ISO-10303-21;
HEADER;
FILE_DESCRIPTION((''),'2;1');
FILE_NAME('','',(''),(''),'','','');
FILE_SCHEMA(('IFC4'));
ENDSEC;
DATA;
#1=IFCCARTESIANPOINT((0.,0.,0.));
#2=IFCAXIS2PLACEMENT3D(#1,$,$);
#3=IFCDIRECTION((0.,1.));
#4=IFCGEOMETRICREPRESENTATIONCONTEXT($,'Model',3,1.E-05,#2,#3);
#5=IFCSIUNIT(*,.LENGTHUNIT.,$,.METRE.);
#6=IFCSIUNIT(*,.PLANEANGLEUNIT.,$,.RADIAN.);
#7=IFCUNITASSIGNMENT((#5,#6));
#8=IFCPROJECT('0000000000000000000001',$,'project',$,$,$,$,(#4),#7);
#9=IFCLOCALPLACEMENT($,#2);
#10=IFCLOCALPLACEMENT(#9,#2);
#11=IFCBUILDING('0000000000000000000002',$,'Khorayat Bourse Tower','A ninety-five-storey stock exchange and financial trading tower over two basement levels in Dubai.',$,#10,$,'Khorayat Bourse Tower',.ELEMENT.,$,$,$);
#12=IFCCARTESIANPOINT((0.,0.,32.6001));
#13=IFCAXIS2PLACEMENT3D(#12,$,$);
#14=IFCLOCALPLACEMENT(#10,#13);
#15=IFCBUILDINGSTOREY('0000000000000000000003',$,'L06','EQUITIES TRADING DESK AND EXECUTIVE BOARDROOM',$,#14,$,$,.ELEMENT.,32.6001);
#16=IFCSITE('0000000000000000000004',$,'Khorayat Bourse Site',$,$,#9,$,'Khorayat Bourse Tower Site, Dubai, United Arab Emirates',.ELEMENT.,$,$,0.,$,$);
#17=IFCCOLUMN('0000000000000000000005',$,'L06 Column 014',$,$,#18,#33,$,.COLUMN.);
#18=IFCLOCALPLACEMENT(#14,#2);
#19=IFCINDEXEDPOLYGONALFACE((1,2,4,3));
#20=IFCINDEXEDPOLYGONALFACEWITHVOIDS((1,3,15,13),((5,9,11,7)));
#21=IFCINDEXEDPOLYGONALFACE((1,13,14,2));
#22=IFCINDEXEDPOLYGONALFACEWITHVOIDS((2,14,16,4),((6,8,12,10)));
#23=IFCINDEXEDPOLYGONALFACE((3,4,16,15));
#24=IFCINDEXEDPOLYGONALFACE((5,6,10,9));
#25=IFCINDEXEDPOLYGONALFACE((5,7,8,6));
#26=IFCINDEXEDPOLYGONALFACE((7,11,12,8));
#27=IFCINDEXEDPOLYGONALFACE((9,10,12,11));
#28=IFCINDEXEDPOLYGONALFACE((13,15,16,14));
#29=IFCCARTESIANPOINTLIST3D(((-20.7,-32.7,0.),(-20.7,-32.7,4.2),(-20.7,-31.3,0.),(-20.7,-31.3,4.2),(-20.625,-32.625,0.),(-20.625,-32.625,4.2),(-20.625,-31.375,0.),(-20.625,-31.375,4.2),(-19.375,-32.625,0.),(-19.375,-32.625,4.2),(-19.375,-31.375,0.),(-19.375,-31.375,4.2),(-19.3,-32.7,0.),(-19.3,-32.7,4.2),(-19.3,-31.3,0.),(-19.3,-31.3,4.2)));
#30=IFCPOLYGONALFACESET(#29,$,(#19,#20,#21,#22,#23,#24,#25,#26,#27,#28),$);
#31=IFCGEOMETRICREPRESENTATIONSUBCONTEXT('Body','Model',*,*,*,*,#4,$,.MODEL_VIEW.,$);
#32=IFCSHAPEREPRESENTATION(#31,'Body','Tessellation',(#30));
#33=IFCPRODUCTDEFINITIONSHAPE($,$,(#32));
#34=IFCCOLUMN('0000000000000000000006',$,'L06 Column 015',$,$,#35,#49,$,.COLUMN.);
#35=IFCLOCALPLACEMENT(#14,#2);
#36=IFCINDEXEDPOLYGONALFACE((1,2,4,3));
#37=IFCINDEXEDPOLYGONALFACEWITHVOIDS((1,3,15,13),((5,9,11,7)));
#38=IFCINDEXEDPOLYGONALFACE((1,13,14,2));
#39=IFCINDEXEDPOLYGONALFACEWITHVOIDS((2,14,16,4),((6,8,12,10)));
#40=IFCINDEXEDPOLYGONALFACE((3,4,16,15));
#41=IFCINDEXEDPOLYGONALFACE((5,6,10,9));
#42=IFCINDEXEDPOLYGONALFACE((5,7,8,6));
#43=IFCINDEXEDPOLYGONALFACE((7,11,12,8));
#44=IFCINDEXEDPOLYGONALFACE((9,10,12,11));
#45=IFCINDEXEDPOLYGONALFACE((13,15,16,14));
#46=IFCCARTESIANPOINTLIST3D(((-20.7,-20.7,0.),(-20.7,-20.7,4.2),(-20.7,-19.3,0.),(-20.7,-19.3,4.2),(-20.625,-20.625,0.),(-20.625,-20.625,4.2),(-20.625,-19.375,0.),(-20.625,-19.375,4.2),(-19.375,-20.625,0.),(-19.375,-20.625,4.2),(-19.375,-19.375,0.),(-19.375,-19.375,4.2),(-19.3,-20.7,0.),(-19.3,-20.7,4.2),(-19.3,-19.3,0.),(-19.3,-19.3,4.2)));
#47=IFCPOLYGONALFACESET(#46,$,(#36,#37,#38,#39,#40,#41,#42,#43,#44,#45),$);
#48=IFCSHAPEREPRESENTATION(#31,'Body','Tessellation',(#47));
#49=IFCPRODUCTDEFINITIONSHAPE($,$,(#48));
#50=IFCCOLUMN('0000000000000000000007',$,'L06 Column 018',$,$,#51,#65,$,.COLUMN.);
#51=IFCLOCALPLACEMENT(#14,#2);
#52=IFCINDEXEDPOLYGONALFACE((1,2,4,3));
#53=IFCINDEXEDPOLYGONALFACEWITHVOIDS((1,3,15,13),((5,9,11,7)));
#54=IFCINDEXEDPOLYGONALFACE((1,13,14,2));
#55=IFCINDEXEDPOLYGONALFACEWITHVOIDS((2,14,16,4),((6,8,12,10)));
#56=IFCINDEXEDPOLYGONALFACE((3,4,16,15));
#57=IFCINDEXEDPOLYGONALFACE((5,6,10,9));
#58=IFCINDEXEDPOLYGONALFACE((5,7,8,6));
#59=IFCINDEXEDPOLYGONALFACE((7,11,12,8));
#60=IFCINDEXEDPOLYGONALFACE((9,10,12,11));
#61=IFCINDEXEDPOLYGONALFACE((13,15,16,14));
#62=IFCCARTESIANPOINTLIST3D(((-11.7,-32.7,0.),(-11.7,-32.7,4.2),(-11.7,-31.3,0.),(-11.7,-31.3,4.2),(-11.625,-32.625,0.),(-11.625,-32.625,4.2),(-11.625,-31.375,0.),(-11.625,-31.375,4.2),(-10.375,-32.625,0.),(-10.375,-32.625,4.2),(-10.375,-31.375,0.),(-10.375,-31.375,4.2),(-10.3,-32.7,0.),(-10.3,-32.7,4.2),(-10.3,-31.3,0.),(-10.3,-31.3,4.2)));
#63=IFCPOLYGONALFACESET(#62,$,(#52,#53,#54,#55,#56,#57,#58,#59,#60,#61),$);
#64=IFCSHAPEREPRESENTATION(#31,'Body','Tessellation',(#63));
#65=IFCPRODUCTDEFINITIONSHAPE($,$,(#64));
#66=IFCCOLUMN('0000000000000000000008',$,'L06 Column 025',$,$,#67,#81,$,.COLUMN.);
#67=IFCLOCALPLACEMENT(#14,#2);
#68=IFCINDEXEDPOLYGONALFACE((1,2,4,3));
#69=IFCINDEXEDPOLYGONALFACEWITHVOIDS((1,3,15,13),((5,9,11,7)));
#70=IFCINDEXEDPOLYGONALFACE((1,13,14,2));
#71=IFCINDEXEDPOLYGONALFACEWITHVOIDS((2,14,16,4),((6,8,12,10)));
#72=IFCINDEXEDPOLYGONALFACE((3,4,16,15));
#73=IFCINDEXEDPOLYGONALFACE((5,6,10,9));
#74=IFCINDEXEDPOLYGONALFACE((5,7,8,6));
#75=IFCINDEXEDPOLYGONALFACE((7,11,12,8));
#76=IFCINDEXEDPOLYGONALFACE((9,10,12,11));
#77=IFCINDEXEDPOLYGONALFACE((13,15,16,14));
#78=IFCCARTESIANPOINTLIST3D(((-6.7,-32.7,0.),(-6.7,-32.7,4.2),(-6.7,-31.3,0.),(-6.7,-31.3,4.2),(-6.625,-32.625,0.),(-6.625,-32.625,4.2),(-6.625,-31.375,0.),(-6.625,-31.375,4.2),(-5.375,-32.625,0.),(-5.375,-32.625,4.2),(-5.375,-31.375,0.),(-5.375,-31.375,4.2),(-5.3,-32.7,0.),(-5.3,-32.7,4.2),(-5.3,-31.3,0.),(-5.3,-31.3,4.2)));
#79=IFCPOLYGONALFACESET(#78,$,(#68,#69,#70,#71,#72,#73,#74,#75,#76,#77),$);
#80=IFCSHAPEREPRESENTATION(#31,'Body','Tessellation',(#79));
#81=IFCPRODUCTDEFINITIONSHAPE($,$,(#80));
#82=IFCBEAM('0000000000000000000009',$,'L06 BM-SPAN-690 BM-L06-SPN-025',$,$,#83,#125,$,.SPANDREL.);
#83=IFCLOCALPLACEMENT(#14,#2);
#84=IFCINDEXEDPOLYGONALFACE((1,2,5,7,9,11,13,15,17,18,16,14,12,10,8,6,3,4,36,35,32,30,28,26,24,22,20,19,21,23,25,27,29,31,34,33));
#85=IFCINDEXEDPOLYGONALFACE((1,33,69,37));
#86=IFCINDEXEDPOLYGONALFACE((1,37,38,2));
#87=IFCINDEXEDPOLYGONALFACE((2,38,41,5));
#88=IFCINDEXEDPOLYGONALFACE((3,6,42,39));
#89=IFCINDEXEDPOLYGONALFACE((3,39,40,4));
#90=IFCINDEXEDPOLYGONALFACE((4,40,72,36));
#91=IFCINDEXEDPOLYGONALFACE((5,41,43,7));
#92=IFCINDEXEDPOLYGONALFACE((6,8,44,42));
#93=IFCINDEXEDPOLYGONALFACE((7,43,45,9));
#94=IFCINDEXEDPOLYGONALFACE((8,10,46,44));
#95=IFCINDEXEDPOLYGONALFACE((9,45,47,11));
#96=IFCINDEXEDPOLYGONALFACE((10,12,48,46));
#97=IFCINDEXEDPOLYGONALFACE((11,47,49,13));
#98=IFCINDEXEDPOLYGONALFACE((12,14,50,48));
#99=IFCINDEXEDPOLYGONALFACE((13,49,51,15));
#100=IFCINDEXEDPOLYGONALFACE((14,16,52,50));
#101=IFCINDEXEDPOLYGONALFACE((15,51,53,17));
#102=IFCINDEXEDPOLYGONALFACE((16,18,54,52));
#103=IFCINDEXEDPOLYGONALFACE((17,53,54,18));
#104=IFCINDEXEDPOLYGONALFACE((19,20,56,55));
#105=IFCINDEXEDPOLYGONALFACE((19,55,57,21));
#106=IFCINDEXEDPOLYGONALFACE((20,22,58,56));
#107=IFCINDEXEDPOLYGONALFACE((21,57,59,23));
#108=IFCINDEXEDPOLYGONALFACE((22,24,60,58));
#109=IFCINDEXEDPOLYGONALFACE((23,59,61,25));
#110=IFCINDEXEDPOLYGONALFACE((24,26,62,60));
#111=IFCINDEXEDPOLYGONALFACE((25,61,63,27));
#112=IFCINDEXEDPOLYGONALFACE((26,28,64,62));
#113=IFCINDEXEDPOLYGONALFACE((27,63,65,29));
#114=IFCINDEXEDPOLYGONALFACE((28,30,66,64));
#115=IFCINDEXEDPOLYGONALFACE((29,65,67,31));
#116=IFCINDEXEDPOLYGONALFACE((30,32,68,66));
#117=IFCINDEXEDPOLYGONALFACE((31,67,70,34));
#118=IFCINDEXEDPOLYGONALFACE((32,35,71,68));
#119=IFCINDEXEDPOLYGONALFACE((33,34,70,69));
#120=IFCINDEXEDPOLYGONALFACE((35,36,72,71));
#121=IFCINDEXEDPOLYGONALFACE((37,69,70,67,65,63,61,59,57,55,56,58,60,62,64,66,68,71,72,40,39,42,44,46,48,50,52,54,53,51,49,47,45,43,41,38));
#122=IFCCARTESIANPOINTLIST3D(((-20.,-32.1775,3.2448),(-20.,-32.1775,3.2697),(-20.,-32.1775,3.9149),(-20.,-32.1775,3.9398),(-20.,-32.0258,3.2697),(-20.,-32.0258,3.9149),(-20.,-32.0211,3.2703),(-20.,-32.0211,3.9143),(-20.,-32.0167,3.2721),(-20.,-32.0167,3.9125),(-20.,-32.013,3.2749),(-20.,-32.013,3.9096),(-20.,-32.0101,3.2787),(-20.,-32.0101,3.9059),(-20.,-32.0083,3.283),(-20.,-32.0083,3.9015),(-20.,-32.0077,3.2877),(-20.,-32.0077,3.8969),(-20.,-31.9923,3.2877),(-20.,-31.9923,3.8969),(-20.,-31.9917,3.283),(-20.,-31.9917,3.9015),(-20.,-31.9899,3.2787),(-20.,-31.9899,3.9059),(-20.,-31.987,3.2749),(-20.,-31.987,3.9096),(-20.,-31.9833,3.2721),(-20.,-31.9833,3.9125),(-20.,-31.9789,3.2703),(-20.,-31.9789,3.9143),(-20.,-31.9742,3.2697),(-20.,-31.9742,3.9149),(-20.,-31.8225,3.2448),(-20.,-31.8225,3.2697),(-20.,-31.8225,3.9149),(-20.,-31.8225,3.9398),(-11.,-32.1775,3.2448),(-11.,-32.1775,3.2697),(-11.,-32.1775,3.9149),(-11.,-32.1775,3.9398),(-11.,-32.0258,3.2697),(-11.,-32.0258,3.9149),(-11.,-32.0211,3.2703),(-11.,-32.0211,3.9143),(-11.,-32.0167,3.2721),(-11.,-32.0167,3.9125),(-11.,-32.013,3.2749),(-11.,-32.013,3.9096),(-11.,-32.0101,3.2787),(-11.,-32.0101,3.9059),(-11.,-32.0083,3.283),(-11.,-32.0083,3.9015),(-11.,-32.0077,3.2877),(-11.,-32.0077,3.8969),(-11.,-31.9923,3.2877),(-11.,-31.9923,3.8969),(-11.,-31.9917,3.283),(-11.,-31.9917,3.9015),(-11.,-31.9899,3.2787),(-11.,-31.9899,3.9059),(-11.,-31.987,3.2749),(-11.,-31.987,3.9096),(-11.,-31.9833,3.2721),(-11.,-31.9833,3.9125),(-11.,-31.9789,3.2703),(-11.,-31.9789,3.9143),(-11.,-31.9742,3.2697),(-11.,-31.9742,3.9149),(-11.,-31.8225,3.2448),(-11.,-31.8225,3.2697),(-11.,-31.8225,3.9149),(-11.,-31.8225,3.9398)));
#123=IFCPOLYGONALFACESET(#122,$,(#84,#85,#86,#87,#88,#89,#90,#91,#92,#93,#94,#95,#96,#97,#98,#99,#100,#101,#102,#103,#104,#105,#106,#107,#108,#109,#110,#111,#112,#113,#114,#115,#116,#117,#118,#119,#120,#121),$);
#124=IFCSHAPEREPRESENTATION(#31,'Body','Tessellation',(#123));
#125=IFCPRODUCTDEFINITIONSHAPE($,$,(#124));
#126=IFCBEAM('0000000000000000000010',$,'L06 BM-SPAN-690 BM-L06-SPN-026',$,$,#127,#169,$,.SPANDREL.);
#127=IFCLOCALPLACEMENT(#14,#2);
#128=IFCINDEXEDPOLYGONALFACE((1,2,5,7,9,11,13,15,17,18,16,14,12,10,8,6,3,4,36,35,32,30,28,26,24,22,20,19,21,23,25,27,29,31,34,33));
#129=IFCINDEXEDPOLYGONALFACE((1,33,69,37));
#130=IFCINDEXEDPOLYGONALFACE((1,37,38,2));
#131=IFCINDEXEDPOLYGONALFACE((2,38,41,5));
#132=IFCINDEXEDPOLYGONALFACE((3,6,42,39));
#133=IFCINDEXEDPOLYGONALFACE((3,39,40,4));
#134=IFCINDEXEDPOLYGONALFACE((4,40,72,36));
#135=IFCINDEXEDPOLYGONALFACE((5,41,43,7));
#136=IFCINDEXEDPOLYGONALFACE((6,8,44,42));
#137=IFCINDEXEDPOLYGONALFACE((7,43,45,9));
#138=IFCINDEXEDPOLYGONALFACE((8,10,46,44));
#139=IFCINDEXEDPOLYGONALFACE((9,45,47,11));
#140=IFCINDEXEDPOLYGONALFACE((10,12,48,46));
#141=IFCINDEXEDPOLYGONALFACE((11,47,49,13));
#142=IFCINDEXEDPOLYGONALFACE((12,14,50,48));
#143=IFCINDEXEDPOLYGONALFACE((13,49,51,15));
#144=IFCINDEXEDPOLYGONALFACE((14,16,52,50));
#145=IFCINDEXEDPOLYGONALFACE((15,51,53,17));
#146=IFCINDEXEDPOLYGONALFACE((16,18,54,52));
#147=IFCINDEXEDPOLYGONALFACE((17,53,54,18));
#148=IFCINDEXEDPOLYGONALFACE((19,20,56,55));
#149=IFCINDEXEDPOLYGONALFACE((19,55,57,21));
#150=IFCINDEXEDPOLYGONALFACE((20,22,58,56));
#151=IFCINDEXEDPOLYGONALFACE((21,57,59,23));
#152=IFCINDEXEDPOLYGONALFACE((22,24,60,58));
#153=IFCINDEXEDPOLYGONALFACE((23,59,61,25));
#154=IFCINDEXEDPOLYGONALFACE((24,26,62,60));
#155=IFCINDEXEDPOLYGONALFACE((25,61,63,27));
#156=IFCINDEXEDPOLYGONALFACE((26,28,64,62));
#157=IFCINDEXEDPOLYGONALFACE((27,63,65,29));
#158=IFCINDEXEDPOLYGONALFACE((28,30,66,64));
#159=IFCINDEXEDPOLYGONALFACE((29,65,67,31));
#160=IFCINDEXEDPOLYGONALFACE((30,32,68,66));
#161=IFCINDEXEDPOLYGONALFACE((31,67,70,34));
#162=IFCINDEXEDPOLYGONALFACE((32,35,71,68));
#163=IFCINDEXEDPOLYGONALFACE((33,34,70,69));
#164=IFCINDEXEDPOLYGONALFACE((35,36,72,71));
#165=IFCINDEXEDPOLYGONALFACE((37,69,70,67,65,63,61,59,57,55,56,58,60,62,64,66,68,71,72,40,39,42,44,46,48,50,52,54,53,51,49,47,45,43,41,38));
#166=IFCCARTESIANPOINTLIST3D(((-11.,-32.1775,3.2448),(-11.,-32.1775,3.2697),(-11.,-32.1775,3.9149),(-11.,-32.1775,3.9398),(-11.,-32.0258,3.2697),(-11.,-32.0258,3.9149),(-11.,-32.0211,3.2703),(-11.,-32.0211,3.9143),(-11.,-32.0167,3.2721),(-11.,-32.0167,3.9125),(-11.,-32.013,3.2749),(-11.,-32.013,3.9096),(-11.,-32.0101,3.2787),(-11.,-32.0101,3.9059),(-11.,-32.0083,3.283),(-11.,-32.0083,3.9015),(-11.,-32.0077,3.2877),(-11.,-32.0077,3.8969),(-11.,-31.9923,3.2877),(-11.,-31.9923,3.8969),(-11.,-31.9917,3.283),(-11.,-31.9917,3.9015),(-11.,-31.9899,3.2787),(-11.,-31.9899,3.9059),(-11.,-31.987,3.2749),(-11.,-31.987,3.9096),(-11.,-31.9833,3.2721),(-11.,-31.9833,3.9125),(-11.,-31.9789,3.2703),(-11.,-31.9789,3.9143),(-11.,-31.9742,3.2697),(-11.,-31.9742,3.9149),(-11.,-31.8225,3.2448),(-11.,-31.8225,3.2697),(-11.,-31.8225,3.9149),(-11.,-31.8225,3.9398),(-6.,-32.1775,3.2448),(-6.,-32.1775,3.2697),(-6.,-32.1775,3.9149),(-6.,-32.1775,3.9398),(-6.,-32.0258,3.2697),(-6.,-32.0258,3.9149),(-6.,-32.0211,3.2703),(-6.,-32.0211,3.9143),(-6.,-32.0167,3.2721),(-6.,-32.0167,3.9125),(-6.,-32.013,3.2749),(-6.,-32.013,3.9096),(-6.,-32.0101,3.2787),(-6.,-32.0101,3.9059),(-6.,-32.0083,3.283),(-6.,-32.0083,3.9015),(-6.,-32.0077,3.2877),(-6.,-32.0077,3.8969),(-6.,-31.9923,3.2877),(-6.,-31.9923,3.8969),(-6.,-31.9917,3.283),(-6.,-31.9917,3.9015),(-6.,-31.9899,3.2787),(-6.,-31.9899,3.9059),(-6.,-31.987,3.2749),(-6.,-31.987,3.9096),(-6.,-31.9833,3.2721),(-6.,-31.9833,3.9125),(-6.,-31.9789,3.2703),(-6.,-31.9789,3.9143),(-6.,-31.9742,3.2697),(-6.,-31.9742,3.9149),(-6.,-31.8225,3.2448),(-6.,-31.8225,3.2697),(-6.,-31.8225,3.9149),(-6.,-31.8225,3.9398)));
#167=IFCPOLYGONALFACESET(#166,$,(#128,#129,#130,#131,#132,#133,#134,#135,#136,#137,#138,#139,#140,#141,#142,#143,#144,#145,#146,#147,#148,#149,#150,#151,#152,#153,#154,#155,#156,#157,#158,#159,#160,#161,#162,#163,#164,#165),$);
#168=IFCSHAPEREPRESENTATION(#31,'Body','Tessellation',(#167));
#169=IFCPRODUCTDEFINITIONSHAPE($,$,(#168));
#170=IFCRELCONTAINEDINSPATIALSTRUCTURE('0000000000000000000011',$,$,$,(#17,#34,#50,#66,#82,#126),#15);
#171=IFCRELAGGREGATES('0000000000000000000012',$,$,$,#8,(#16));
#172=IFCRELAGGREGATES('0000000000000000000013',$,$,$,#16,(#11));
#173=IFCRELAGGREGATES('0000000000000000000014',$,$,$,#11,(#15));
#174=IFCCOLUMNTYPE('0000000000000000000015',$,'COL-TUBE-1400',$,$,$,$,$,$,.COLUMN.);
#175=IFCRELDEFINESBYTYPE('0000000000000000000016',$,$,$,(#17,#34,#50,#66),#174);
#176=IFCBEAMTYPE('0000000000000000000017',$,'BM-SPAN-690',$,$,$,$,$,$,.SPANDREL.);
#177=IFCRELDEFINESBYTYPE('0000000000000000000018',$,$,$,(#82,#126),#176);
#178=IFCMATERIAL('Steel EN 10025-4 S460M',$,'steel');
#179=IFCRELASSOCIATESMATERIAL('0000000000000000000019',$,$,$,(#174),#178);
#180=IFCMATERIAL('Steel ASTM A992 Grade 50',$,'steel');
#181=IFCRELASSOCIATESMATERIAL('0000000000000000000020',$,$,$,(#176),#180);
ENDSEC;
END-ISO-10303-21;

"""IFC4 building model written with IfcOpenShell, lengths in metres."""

from ifc_helpers import new_model, si_unit, direction, frame, origin, origin_2d, place, context, subcontext, project, spatial, hollow_rectangle, i_section, extrude, source, transform, mapped, material, material_profile, profile_set, type_object, element, save


model = new_model("IFC4")

# Units and contexts
model_context = context("Model", 3, precision=1e-05, world=origin(), true_north=direction((0.0, 1.0)))
body_context = subcontext(model_context, "Body", "Model", "MODEL_VIEW")
ifc_project = project(units=[si_unit("LENGTHUNIT", "METRE"), si_unit("PLANEANGLEUNIT", "RADIAN")], contexts=[model_context])

# Site, building, storey
site_placement = place(None, origin())
site = spatial("IfcSite", under=ifc_project, at=site_placement, Name="Khorayat Bourse Site", LongName="Khorayat Bourse Tower Site, Dubai, United Arab Emirates", CompositionType="ELEMENT", RefElevation=0.0)
building_placement = place(site_placement, origin())
building = spatial("IfcBuilding", under=site, at=building_placement, Name="Khorayat Bourse Tower", Description="A ninety-five-storey stock exchange and financial trading tower over two basement levels in Dubai.", LongName="Khorayat Bourse Tower", CompositionType="ELEMENT")
storey_placement = place(building_placement, frame((0.0, 0.0, 32.6001)))
storey = spatial("IfcBuildingStorey", under=building, at=storey_placement, Name="L06", Description="EQUITIES TRADING DESK AND EXECUTIVE BOARDROOM", CompositionType="ELEMENT", Elevation=32.6001)

# Columns
ifc_material_1 = material(Name="Steel EN 10025-4 S460M", Category="steel")
ifc_material_profile_1 = material_profile(ifc_material_1, hollow_rectangle(XDim=1.3999, YDim=1.3999, WallThickness=0.075, at=origin_2d()), Name="BOX 1400x1400x75")
ifc_profile_set_1 = profile_set([ifc_material_profile_1], Name="Steel EN 10025-4 S460M")
column_type = type_object("IfcColumnType", Name="COL-TUBE-1400", PredefinedType="COLUMN", material=ifc_profile_set_1)
shared_shape_1 = source(origin(), body_context, "Body", "SweptSolid", [
    extrude(hollow_rectangle(XDim=1.3999, YDim=1.3999, WallThickness=0.075, at=origin_2d()), origin(), (0.0, 0.0, 1.0), 4.2),
])
for number, where, z_axis, x_axis, name in (
    (1, (-20.0, -32.0, 0.0), (0.0, 0.0, 1.0), (1.0, 0.0, 0.0), "L06 Column 014"),
    (2, (-20.0, -20.0, 0.0), (0.0, 0.0, 1.0), (1.0, 0.0, 0.0), "L06 Column 015"),
    (3, (-11.0, -32.0, 0.0), (0.0, 0.0, 1.0), (1.0, 0.0, 0.0), "L06 Column 018"),
    (4, (-6.0, -32.0, 0.0), (0.0, 0.0, 1.0), (1.0, 0.0, 0.0), "L06 Column 025"),
):
    element("IfcColumn", number, at=place(storey_placement, frame(where, z_axis=z_axis, x_axis=x_axis)), inside=storey, type_object=column_type, Name=name, PredefinedType="COLUMN", context=body_context, shape_type="MappedRepresentation", body=[
        mapped(shared_shape_1, transform((0.0, 0.0, 0.0), scale=1.0)),
    ])

# Beams
ifc_material_2 = material(Name="Steel ASTM A992 Grade 50", Category="steel")
ifc_material_profile_2 = material_profile(ifc_material_2, i_section(OverallWidth=0.355, OverallDepth=0.6951, WebThickness=0.0154, FlangeThickness=0.0249, FilletRadius=0.0181, at=origin_2d()), Name="W690X217")
ifc_profile_set_2 = profile_set([ifc_material_profile_2], Name="Steel ASTM A992 Grade 50")
beam_type_1 = type_object("IfcBeamType", Name="BM-SPAN-690", PredefinedType="SPANDREL", material=ifc_profile_set_2)
shared_shape_2 = source(origin(), body_context, "Body", "SweptSolid", [
    extrude(i_section(OverallWidth=0.355, OverallDepth=0.6951, WebThickness=0.0154, FlangeThickness=0.0249, FilletRadius=0.0181, at=origin_2d()), origin(), (0.0, 0.0, 1.0), 9.0),
])
beam_1_placement = place(storey_placement, frame((-20.0, -32.0, 3.5923), z_axis=(1.0, 0.0, 0.0), x_axis=(0.0, 1.0, 0.0)))
element("IfcBeam", 5, at=beam_1_placement, inside=storey, type_object=beam_type_1, Name="L06 BM-SPAN-690 BM-L06-SPN-025", PredefinedType="SPANDREL", context=body_context, shape_type="MappedRepresentation", body=[
    mapped(shared_shape_2, transform((0.0, 0.0, 0.0), scale=1.0)),
])
shared_shape_3 = source(origin(), body_context, "Body", "SweptSolid", [
    extrude(i_section(OverallWidth=0.355, OverallDepth=0.6951, WebThickness=0.0154, FlangeThickness=0.0249, FilletRadius=0.0181, at=origin_2d()), origin(), (0.0, 0.0, 1.0), 5.0),
])
beam_2_placement = place(storey_placement, frame((-11.0, -32.0, 3.5923), z_axis=(1.0, 0.0, 0.0), x_axis=(0.0, 1.0, 0.0)))
element("IfcBeam", 6, at=beam_2_placement, inside=storey, type_object=beam_type_1, Name="L06 BM-SPAN-690 BM-L06-SPN-026", PredefinedType="SPANDREL", context=body_context, shape_type="MappedRepresentation", body=[
    mapped(shared_shape_3, transform((0.0, 0.0, 0.0), scale=1.0)),
])

save(model, "model.ifc")
